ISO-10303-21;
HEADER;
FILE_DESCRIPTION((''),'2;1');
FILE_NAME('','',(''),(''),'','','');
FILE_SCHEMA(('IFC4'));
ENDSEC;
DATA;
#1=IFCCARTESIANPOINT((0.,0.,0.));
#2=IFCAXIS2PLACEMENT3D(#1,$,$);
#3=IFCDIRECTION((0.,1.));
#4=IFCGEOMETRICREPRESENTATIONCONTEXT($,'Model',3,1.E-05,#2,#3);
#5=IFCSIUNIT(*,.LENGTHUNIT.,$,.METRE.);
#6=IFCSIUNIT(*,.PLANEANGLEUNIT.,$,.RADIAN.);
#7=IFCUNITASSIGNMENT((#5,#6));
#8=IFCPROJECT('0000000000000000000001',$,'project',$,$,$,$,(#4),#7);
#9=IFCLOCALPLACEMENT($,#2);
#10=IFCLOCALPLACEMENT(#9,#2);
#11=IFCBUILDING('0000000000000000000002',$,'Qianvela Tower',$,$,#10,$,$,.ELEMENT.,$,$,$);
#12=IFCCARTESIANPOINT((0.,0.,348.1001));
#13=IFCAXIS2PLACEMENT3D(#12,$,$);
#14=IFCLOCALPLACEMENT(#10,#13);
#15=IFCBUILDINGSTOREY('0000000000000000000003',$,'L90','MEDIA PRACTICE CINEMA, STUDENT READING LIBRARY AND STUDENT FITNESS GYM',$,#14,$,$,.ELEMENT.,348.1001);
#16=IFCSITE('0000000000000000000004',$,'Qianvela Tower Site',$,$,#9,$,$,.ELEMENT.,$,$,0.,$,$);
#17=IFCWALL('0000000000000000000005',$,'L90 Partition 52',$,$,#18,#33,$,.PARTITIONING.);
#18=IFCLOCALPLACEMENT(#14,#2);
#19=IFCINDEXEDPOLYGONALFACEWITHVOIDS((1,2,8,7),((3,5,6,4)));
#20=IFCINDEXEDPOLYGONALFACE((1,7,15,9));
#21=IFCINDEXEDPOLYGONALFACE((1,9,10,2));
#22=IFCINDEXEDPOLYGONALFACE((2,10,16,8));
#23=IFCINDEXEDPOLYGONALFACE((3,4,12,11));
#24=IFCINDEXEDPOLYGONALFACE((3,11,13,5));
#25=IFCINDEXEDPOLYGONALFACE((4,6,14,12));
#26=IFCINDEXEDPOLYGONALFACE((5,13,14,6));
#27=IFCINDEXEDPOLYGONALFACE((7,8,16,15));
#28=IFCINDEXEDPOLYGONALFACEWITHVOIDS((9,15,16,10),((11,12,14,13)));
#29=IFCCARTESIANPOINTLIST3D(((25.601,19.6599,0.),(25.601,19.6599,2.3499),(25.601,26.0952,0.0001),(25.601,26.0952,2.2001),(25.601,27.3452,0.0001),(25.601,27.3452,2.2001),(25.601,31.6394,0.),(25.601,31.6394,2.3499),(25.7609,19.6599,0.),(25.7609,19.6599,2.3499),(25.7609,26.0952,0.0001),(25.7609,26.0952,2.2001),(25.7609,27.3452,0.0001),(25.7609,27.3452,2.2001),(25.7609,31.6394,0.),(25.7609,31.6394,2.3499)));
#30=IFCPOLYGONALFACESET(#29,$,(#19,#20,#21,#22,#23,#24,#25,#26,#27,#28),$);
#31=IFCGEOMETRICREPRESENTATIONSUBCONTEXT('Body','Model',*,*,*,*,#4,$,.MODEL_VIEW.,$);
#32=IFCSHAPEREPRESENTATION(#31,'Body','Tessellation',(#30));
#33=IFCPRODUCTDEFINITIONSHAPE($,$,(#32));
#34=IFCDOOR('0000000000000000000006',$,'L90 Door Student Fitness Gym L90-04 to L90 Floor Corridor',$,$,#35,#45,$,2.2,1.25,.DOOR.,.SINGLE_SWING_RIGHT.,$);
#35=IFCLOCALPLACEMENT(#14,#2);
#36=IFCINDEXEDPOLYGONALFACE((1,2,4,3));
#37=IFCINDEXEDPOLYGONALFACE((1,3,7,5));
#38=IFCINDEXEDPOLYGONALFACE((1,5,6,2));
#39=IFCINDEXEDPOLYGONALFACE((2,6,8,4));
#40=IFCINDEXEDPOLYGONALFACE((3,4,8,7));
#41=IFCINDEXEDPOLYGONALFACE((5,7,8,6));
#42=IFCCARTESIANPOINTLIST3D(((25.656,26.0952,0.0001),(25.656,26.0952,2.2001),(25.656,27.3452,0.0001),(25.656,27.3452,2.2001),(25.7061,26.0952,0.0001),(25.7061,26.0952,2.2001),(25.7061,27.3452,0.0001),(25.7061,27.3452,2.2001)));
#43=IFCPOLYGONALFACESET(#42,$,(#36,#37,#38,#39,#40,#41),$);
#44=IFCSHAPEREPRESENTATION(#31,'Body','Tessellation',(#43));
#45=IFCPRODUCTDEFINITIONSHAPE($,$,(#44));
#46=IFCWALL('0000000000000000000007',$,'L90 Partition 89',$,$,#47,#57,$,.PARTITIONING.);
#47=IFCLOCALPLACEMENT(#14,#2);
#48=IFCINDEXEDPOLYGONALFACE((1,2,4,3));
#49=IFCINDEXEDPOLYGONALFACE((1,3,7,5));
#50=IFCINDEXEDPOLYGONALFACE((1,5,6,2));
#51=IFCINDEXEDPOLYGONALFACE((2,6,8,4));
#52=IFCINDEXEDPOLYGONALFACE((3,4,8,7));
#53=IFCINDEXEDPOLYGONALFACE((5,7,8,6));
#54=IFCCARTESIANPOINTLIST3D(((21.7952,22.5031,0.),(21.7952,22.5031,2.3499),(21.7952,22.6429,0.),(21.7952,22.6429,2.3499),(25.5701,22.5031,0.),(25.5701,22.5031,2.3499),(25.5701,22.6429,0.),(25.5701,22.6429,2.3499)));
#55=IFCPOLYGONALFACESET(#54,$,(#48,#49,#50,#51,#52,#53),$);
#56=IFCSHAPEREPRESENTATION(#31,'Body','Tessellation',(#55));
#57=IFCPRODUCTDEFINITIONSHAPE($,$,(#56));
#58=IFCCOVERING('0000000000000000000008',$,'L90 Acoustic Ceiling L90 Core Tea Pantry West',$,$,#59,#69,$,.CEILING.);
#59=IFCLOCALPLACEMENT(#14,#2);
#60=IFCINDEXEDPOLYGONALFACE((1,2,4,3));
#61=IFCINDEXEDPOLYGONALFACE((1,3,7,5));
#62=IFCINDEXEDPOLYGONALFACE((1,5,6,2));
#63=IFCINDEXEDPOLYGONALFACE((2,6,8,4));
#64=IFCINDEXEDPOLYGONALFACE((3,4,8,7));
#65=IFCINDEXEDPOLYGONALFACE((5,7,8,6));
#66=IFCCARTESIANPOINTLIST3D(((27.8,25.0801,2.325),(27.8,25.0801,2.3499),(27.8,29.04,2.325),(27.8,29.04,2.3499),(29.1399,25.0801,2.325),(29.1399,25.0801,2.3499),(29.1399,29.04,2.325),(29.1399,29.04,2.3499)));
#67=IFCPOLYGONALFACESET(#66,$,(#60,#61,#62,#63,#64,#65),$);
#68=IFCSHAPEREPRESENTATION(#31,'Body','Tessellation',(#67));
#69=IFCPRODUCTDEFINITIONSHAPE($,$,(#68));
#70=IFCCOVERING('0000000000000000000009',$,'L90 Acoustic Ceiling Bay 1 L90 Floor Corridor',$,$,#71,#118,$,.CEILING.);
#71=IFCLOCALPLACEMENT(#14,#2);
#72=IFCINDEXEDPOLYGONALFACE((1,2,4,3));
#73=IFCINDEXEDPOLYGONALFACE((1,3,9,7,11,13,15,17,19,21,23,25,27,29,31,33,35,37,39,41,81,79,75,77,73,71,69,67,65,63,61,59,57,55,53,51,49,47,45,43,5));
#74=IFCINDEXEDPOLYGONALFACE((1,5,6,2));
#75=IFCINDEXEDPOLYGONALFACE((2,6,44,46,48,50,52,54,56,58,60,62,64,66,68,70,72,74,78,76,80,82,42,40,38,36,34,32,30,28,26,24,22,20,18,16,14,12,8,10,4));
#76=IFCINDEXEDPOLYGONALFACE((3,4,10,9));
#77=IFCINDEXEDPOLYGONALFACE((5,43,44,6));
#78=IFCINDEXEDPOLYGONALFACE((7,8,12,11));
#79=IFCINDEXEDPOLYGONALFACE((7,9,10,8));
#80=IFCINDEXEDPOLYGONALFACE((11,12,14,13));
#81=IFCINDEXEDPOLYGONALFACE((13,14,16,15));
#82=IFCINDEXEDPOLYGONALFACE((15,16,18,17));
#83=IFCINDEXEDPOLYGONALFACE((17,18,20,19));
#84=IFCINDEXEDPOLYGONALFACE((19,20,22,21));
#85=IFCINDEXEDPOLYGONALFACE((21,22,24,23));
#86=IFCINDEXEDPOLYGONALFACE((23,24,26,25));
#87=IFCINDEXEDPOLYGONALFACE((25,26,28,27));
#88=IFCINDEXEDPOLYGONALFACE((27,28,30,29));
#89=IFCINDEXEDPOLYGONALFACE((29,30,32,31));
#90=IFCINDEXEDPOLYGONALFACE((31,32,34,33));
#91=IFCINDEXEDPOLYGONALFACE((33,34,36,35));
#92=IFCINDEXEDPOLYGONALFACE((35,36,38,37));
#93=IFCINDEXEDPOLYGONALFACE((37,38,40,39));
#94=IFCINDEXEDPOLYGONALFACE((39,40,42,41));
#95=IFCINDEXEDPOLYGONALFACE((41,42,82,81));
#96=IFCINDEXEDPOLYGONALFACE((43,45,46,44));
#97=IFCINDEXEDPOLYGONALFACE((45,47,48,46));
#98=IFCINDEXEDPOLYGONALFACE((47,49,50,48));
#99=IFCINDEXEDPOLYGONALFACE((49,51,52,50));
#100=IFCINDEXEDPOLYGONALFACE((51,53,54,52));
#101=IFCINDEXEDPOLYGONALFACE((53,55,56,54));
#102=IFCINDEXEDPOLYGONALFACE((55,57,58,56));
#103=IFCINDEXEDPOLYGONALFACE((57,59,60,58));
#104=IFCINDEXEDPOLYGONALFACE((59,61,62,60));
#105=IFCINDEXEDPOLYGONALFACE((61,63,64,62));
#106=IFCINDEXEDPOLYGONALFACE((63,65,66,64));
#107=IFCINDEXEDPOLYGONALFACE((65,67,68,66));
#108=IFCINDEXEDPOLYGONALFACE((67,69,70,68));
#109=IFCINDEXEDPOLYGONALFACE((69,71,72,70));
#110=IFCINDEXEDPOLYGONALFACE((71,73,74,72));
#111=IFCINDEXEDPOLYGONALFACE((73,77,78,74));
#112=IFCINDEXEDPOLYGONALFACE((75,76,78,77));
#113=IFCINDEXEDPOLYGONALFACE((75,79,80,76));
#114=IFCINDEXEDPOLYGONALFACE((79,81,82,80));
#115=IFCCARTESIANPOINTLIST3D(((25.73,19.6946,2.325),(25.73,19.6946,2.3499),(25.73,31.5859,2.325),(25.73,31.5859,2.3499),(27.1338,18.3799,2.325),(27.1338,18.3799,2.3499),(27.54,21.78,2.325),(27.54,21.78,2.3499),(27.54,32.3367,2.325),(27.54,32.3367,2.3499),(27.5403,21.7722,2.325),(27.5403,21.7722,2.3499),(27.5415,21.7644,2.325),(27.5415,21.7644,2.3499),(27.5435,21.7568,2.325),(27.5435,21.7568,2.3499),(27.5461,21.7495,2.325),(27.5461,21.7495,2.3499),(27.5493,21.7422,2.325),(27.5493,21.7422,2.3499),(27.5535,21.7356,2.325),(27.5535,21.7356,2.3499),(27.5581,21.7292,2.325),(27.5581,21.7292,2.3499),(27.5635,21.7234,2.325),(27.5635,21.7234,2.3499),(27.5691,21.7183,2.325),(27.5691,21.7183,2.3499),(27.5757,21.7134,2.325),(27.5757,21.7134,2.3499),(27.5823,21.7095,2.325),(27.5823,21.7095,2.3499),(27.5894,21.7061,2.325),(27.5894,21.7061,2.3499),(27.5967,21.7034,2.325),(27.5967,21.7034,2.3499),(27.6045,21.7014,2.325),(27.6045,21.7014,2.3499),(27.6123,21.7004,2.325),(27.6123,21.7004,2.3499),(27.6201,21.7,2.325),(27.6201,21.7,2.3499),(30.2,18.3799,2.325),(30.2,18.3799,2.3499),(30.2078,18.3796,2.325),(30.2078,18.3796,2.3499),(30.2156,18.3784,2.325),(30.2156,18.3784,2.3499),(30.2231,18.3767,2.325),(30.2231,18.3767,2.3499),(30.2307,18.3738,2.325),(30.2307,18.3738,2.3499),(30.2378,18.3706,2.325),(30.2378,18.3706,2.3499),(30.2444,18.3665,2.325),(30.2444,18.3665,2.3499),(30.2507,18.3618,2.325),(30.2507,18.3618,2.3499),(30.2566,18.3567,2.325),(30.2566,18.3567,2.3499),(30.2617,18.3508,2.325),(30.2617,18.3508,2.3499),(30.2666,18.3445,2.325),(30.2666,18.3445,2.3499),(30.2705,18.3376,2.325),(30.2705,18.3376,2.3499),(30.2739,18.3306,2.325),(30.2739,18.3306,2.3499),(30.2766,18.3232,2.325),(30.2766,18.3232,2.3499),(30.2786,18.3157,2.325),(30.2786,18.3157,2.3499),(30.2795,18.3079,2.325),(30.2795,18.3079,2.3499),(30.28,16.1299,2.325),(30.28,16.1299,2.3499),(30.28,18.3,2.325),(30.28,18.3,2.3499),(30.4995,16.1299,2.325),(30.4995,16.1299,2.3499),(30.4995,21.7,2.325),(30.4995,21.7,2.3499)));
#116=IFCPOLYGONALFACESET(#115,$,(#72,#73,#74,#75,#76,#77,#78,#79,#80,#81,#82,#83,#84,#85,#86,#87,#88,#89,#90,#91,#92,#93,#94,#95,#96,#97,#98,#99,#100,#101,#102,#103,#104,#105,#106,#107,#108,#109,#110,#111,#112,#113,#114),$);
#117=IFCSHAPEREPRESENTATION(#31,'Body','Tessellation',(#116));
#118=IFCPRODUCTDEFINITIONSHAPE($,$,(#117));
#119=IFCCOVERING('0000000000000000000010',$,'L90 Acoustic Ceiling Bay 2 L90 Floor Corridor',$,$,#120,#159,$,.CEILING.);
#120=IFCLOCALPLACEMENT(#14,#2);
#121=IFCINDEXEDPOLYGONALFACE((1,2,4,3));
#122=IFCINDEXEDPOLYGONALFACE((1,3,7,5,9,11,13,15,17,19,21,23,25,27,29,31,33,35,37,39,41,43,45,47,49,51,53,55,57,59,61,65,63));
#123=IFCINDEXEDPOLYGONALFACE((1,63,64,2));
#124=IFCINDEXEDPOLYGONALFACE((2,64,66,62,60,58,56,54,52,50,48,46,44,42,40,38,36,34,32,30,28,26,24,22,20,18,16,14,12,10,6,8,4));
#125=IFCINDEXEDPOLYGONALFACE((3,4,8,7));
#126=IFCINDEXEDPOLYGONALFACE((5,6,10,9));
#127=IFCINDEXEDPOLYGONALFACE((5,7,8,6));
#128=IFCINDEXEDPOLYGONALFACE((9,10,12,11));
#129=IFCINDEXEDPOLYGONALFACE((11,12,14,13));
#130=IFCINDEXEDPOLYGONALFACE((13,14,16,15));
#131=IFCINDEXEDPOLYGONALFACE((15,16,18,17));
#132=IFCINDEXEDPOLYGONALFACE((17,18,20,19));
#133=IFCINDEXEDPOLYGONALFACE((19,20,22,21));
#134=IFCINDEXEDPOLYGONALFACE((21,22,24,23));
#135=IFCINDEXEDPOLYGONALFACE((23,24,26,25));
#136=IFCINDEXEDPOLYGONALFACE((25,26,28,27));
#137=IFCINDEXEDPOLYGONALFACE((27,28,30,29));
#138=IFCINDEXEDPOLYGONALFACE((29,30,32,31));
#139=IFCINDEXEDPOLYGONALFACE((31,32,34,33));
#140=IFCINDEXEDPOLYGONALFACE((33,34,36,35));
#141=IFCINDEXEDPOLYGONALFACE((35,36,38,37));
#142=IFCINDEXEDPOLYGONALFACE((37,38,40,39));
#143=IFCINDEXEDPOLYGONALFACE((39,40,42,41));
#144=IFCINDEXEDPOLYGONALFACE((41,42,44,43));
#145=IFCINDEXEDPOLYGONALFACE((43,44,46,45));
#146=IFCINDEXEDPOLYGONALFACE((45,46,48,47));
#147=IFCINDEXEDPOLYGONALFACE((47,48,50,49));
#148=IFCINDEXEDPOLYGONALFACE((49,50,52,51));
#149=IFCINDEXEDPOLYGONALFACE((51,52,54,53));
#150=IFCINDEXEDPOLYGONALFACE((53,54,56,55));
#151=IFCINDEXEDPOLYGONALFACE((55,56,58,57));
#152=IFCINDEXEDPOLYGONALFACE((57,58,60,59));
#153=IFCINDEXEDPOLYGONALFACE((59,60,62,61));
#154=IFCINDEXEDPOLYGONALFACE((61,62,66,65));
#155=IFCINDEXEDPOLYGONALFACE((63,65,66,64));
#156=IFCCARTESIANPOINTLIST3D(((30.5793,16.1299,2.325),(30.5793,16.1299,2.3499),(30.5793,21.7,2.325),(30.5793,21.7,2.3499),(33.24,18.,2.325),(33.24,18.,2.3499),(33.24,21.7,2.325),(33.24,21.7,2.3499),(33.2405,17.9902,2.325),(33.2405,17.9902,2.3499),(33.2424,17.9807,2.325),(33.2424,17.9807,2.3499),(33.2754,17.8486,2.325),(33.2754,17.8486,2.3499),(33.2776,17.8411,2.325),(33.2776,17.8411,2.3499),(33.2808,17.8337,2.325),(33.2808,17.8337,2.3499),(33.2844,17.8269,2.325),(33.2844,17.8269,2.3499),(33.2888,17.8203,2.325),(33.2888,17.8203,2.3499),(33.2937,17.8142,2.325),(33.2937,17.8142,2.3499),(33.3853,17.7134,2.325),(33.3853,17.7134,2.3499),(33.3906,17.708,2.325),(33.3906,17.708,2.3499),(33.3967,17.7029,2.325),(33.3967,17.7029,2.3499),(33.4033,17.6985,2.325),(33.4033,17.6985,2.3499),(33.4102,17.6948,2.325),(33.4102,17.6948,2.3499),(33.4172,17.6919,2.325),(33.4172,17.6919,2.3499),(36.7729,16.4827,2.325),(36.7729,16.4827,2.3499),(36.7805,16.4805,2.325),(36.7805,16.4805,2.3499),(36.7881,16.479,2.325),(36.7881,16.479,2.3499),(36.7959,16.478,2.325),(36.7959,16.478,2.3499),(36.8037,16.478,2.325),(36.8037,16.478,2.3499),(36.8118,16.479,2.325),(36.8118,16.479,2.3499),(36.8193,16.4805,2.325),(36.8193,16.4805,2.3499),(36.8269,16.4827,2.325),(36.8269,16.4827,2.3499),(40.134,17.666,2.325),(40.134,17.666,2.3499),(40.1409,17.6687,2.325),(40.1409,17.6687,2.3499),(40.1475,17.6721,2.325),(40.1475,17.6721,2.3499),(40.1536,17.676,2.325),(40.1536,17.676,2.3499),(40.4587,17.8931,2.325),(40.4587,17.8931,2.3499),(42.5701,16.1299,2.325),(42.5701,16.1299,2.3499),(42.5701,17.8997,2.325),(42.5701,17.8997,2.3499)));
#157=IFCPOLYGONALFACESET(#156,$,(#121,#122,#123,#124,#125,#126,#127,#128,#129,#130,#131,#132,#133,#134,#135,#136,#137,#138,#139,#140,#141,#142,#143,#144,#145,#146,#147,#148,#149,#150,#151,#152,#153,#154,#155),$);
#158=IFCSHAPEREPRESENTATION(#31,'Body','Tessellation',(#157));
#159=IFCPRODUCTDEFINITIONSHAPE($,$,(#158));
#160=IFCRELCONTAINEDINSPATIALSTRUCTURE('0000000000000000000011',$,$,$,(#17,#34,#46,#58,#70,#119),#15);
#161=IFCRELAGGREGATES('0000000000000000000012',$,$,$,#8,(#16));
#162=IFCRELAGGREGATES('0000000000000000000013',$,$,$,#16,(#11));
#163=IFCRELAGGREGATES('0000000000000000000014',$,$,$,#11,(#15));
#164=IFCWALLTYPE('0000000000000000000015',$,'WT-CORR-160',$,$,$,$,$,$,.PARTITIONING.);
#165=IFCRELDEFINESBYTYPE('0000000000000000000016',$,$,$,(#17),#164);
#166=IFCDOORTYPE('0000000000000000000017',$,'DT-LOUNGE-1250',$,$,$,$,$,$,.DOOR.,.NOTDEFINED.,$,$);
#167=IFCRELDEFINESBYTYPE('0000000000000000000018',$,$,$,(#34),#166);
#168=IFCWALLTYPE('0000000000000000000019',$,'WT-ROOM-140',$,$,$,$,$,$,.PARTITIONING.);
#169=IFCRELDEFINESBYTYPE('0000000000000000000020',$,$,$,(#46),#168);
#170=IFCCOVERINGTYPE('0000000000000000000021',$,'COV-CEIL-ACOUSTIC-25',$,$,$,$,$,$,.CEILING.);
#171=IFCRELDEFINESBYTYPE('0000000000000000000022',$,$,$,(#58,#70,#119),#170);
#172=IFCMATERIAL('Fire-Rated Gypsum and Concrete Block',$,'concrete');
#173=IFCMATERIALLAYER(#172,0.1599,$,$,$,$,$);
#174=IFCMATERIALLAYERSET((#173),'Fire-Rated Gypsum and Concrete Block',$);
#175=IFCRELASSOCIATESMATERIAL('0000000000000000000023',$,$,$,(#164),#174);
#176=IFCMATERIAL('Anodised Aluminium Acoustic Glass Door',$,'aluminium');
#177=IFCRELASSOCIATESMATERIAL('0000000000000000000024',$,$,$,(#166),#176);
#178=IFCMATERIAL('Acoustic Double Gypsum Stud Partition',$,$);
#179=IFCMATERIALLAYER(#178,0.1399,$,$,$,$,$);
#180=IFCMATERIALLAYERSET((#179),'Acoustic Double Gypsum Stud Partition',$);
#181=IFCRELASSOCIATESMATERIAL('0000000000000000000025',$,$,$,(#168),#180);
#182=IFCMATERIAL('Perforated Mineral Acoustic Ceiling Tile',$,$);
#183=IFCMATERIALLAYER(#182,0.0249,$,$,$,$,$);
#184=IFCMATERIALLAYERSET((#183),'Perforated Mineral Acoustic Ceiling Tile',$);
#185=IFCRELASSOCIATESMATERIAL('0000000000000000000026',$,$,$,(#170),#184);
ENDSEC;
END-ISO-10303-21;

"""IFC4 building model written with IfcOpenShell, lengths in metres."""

from ifc_helpers import new_model, si_unit, direction, frame, frame_2d, origin, place, context, subcontext, project, spatial, polyline, rectangle, outline, extrude, material, layer, layer_set, type_object, element, fill, save


model = new_model("IFC4")

# Units and contexts
model_context = context("Model", 3, precision=1e-05, world=origin(), true_north=direction((0.0, 1.0)))
body_context = subcontext(model_context, "Body", "Model", "MODEL_VIEW")
ifc_project = project(units=[si_unit("LENGTHUNIT", "METRE"), si_unit("PLANEANGLEUNIT", "RADIAN")], contexts=[model_context])

# Site, building, storey
site_placement = place(None, origin())
site = spatial("IfcSite", under=ifc_project, at=site_placement, Name="Qianvela Tower Site", CompositionType="ELEMENT", RefElevation=0.0)
building_placement = place(site_placement, origin())
building = spatial("IfcBuilding", under=site, at=building_placement, Name="Qianvela Tower", CompositionType="ELEMENT")
storey_placement = place(building_placement, frame((0.0, 0.0, 348.1001)))
storey = spatial("IfcBuildingStorey", under=building, at=storey_placement, Name="L90", Description="MEDIA PRACTICE CINEMA, STUDENT READING LIBRARY AND STUDENT FITNESS GYM", CompositionType="ELEMENT", Elevation=348.1001)

# Wall, opening, door
ifc_material_1 = material(Name="Fire-Rated Gypsum and Concrete Block", Category="concrete")
ifc_layer_1 = layer(ifc_material_1, 0.1599)
ifc_layer_set_1 = layer_set([ifc_layer_1], Name="Fire-Rated Gypsum and Concrete Block")
wall_type_1 = type_object("IfcWallType", Name="WT-CORR-160", PredefinedType="PARTITIONING", material=ifc_layer_set_1)
wall_1_placement = place(storey_placement, frame((25.6809, 19.6599, 0.0), z_axis=(0.0, 0.0, 1.0), x_axis=(0.0, 1.0, 0.0)))
wall_1 = element("IfcWall", 1, at=wall_1_placement, inside=storey, type_object=wall_type_1, Name="L90 Partition 52", PredefinedType="PARTITIONING", context=body_context, shape_type="SweptSolid", body=[
    extrude(rectangle(XDim=11.9795, YDim=0.1599, at=frame_2d((5.9897, 0.0))), origin(), (0.0, 0.0, 1.0), 2.3499),
])
opening_placement = place(wall_1_placement, frame((6.4353, 0.0, 0.0)))
opening = element("IfcOpeningElement", 2, at=opening_placement, cuts=wall_1, PredefinedType="OPENING", context=body_context, shape_type="SweptSolid", body=[
    extrude(rectangle(XDim=1.25, YDim=2.2, at=frame_2d((0.625, 1.1001))), frame((0.0, 0.0898, 0.0), z_axis=(0.0, -1.0, 0.0), x_axis=(1.0, 0.0, 0.0)), (0.0, 0.0, 1.0), 0.1799),
])
ifc_material_2 = material(Name="Anodised Aluminium Acoustic Glass Door", Category="aluminium")
door_type = type_object("IfcDoorType", Name="DT-LOUNGE-1250", OperationType="NOTDEFINED", PredefinedType="DOOR", material=ifc_material_2)
door_placement = place(opening_placement, origin())
door = element("IfcDoor", 3, at=door_placement, inside=storey, type_object=door_type, Name="L90 Door Student Fitness Gym L90-04 to L90 Floor Corridor", OperationType="SINGLE_SWING_RIGHT", OverallHeight=2.2, OverallWidth=1.25, PredefinedType="DOOR", context=body_context, shape_type="SweptSolid", body=[
    extrude(rectangle(XDim=1.25, YDim=2.2, at=frame_2d((0.625, 1.1001))), frame((0.0, 0.0249, 0.0), z_axis=(0.0, -1.0, 0.0), x_axis=(1.0, 0.0, 0.0)), (0.0, 0.0, 1.0), 0.05),
])
fill(opening, door)

# Wall
ifc_material_3 = material(Name="Acoustic Double Gypsum Stud Partition")
ifc_layer_2 = layer(ifc_material_3, 0.1399)
ifc_layer_set_2 = layer_set([ifc_layer_2], Name="Acoustic Double Gypsum Stud Partition")
wall_type_2 = type_object("IfcWallType", Name="WT-ROOM-140", PredefinedType="PARTITIONING", material=ifc_layer_set_2)
wall_2_placement = place(storey_placement, frame((25.5701, 22.573, 0.0), z_axis=(0.0, 0.0, 1.0), x_axis=(-1.0, 0.0, 0.0)))
element("IfcWall", 4, at=wall_2_placement, inside=storey, type_object=wall_type_2, Name="L90 Partition 89", PredefinedType="PARTITIONING", context=body_context, shape_type="SweptSolid", body=[
    extrude(rectangle(XDim=3.7749, YDim=0.1399, at=frame_2d((1.8875, 0.0))), origin(), (0.0, 0.0, 1.0), 2.3499),
])

# Coverings
ifc_material_4 = material(Name="Perforated Mineral Acoustic Ceiling Tile")
ifc_layer_3 = layer(ifc_material_4, 0.0249)
ifc_layer_set_3 = layer_set([ifc_layer_3], Name="Perforated Mineral Acoustic Ceiling Tile")
covering_type_1 = type_object("IfcCoveringType", Name="COV-CEIL-ACOUSTIC-25", PredefinedType="CEILING", material=ifc_layer_set_3)
covering_1_placement = place(storey_placement, frame((0.0, 0.0, 2.325)))
element("IfcCovering", 5, at=covering_1_placement, inside=storey, type_object=covering_type_1, Name="L90 Acoustic Ceiling L90 Core Tea Pantry West", PredefinedType="CEILING", context=body_context, shape_type="SweptSolid", body=[
    extrude(outline(polyline([(27.8, 25.0801), (27.8, 29.04), (29.1399, 29.04), (29.1399, 25.0801), (27.8, 25.0801)])), origin(), (0.0, 0.0, 1.0), 0.0249),
])
covering_2_placement = place(storey_placement, frame((0.0, 0.0, 2.325)))
element("IfcCovering", 6, at=covering_2_placement, inside=storey, type_object=covering_type_1, Name="L90 Acoustic Ceiling Bay 1 L90 Floor Corridor", PredefinedType="CEILING", context=body_context, shape_type="SweptSolid", body=[
    extrude(outline(polyline([(30.28, 16.1299), (30.28, 18.3), (30.2795, 18.3079), (30.2786, 18.3157), (30.2766, 18.3232), (30.2739, 18.3306), (30.2705, 18.3376), (30.2666, 18.3445), (30.2617, 18.3508), (30.2566, 18.3567), (30.2507, 18.3618), (30.2444, 18.3665), (30.2378, 18.3706), (30.2307, 18.3738), (30.2231, 18.3767), (30.2156, 18.3784), (30.2078, 18.3796), (30.2, 18.3799), (27.1338, 18.3799), (25.73, 19.6946), (25.73, 31.5859), (27.54, 32.3367), (27.54, 21.78), (27.5403, 21.7722), (27.5415, 21.7644), (27.5435, 21.7568), (27.5461, 21.7495), (27.5493, 21.7422), (27.5535, 21.7356), (27.5581, 21.7292), (27.5635, 21.7234), (27.5691, 21.7183), (27.5757, 21.7134), (27.5823, 21.7095), (27.5894, 21.7061), (27.5967, 21.7034), (27.6045, 21.7014), (27.6123, 21.7004), (27.6201, 21.7), (30.4995, 21.7), (30.4995, 16.1299), (30.28, 16.1299)])), origin(), (0.0, 0.0, 1.0), 0.0249),
])
covering_3_placement = place(storey_placement, frame((0.0, 0.0, 2.325)))
element("IfcCovering", 7, at=covering_3_placement, inside=storey, type_object=covering_type_1, Name="L90 Acoustic Ceiling Bay 2 L90 Floor Corridor", PredefinedType="CEILING", context=body_context, shape_type="SweptSolid", body=[
    extrude(outline(polyline([(33.24, 18.0), (33.2405, 17.9902), (33.2424, 17.9807), (33.2754, 17.8486), (33.2776, 17.8411), (33.2808, 17.8337), (33.2844, 17.8269), (33.2888, 17.8203), (33.2937, 17.8142), (33.3853, 17.7134), (33.3906, 17.708), (33.3967, 17.7029), (33.4033, 17.6985), (33.4102, 17.6948), (33.4172, 17.6919), (36.7729, 16.4827), (36.7805, 16.4805), (36.7881, 16.479), (36.7959, 16.478), (36.8037, 16.478), (36.8118, 16.479), (36.8193, 16.4805), (36.8269, 16.4827), (40.134, 17.666), (40.1409, 17.6687), (40.1475, 17.6721), (40.1536, 17.676), (40.4587, 17.8931), (42.5701, 17.8997), (42.5701, 16.1299), (30.5793, 16.1299), (30.5793, 21.7), (33.24, 21.7), (33.24, 18.0)])), origin(), (0.0, 0.0, 1.0), 0.0249),
])

save(model, "model.ifc")
